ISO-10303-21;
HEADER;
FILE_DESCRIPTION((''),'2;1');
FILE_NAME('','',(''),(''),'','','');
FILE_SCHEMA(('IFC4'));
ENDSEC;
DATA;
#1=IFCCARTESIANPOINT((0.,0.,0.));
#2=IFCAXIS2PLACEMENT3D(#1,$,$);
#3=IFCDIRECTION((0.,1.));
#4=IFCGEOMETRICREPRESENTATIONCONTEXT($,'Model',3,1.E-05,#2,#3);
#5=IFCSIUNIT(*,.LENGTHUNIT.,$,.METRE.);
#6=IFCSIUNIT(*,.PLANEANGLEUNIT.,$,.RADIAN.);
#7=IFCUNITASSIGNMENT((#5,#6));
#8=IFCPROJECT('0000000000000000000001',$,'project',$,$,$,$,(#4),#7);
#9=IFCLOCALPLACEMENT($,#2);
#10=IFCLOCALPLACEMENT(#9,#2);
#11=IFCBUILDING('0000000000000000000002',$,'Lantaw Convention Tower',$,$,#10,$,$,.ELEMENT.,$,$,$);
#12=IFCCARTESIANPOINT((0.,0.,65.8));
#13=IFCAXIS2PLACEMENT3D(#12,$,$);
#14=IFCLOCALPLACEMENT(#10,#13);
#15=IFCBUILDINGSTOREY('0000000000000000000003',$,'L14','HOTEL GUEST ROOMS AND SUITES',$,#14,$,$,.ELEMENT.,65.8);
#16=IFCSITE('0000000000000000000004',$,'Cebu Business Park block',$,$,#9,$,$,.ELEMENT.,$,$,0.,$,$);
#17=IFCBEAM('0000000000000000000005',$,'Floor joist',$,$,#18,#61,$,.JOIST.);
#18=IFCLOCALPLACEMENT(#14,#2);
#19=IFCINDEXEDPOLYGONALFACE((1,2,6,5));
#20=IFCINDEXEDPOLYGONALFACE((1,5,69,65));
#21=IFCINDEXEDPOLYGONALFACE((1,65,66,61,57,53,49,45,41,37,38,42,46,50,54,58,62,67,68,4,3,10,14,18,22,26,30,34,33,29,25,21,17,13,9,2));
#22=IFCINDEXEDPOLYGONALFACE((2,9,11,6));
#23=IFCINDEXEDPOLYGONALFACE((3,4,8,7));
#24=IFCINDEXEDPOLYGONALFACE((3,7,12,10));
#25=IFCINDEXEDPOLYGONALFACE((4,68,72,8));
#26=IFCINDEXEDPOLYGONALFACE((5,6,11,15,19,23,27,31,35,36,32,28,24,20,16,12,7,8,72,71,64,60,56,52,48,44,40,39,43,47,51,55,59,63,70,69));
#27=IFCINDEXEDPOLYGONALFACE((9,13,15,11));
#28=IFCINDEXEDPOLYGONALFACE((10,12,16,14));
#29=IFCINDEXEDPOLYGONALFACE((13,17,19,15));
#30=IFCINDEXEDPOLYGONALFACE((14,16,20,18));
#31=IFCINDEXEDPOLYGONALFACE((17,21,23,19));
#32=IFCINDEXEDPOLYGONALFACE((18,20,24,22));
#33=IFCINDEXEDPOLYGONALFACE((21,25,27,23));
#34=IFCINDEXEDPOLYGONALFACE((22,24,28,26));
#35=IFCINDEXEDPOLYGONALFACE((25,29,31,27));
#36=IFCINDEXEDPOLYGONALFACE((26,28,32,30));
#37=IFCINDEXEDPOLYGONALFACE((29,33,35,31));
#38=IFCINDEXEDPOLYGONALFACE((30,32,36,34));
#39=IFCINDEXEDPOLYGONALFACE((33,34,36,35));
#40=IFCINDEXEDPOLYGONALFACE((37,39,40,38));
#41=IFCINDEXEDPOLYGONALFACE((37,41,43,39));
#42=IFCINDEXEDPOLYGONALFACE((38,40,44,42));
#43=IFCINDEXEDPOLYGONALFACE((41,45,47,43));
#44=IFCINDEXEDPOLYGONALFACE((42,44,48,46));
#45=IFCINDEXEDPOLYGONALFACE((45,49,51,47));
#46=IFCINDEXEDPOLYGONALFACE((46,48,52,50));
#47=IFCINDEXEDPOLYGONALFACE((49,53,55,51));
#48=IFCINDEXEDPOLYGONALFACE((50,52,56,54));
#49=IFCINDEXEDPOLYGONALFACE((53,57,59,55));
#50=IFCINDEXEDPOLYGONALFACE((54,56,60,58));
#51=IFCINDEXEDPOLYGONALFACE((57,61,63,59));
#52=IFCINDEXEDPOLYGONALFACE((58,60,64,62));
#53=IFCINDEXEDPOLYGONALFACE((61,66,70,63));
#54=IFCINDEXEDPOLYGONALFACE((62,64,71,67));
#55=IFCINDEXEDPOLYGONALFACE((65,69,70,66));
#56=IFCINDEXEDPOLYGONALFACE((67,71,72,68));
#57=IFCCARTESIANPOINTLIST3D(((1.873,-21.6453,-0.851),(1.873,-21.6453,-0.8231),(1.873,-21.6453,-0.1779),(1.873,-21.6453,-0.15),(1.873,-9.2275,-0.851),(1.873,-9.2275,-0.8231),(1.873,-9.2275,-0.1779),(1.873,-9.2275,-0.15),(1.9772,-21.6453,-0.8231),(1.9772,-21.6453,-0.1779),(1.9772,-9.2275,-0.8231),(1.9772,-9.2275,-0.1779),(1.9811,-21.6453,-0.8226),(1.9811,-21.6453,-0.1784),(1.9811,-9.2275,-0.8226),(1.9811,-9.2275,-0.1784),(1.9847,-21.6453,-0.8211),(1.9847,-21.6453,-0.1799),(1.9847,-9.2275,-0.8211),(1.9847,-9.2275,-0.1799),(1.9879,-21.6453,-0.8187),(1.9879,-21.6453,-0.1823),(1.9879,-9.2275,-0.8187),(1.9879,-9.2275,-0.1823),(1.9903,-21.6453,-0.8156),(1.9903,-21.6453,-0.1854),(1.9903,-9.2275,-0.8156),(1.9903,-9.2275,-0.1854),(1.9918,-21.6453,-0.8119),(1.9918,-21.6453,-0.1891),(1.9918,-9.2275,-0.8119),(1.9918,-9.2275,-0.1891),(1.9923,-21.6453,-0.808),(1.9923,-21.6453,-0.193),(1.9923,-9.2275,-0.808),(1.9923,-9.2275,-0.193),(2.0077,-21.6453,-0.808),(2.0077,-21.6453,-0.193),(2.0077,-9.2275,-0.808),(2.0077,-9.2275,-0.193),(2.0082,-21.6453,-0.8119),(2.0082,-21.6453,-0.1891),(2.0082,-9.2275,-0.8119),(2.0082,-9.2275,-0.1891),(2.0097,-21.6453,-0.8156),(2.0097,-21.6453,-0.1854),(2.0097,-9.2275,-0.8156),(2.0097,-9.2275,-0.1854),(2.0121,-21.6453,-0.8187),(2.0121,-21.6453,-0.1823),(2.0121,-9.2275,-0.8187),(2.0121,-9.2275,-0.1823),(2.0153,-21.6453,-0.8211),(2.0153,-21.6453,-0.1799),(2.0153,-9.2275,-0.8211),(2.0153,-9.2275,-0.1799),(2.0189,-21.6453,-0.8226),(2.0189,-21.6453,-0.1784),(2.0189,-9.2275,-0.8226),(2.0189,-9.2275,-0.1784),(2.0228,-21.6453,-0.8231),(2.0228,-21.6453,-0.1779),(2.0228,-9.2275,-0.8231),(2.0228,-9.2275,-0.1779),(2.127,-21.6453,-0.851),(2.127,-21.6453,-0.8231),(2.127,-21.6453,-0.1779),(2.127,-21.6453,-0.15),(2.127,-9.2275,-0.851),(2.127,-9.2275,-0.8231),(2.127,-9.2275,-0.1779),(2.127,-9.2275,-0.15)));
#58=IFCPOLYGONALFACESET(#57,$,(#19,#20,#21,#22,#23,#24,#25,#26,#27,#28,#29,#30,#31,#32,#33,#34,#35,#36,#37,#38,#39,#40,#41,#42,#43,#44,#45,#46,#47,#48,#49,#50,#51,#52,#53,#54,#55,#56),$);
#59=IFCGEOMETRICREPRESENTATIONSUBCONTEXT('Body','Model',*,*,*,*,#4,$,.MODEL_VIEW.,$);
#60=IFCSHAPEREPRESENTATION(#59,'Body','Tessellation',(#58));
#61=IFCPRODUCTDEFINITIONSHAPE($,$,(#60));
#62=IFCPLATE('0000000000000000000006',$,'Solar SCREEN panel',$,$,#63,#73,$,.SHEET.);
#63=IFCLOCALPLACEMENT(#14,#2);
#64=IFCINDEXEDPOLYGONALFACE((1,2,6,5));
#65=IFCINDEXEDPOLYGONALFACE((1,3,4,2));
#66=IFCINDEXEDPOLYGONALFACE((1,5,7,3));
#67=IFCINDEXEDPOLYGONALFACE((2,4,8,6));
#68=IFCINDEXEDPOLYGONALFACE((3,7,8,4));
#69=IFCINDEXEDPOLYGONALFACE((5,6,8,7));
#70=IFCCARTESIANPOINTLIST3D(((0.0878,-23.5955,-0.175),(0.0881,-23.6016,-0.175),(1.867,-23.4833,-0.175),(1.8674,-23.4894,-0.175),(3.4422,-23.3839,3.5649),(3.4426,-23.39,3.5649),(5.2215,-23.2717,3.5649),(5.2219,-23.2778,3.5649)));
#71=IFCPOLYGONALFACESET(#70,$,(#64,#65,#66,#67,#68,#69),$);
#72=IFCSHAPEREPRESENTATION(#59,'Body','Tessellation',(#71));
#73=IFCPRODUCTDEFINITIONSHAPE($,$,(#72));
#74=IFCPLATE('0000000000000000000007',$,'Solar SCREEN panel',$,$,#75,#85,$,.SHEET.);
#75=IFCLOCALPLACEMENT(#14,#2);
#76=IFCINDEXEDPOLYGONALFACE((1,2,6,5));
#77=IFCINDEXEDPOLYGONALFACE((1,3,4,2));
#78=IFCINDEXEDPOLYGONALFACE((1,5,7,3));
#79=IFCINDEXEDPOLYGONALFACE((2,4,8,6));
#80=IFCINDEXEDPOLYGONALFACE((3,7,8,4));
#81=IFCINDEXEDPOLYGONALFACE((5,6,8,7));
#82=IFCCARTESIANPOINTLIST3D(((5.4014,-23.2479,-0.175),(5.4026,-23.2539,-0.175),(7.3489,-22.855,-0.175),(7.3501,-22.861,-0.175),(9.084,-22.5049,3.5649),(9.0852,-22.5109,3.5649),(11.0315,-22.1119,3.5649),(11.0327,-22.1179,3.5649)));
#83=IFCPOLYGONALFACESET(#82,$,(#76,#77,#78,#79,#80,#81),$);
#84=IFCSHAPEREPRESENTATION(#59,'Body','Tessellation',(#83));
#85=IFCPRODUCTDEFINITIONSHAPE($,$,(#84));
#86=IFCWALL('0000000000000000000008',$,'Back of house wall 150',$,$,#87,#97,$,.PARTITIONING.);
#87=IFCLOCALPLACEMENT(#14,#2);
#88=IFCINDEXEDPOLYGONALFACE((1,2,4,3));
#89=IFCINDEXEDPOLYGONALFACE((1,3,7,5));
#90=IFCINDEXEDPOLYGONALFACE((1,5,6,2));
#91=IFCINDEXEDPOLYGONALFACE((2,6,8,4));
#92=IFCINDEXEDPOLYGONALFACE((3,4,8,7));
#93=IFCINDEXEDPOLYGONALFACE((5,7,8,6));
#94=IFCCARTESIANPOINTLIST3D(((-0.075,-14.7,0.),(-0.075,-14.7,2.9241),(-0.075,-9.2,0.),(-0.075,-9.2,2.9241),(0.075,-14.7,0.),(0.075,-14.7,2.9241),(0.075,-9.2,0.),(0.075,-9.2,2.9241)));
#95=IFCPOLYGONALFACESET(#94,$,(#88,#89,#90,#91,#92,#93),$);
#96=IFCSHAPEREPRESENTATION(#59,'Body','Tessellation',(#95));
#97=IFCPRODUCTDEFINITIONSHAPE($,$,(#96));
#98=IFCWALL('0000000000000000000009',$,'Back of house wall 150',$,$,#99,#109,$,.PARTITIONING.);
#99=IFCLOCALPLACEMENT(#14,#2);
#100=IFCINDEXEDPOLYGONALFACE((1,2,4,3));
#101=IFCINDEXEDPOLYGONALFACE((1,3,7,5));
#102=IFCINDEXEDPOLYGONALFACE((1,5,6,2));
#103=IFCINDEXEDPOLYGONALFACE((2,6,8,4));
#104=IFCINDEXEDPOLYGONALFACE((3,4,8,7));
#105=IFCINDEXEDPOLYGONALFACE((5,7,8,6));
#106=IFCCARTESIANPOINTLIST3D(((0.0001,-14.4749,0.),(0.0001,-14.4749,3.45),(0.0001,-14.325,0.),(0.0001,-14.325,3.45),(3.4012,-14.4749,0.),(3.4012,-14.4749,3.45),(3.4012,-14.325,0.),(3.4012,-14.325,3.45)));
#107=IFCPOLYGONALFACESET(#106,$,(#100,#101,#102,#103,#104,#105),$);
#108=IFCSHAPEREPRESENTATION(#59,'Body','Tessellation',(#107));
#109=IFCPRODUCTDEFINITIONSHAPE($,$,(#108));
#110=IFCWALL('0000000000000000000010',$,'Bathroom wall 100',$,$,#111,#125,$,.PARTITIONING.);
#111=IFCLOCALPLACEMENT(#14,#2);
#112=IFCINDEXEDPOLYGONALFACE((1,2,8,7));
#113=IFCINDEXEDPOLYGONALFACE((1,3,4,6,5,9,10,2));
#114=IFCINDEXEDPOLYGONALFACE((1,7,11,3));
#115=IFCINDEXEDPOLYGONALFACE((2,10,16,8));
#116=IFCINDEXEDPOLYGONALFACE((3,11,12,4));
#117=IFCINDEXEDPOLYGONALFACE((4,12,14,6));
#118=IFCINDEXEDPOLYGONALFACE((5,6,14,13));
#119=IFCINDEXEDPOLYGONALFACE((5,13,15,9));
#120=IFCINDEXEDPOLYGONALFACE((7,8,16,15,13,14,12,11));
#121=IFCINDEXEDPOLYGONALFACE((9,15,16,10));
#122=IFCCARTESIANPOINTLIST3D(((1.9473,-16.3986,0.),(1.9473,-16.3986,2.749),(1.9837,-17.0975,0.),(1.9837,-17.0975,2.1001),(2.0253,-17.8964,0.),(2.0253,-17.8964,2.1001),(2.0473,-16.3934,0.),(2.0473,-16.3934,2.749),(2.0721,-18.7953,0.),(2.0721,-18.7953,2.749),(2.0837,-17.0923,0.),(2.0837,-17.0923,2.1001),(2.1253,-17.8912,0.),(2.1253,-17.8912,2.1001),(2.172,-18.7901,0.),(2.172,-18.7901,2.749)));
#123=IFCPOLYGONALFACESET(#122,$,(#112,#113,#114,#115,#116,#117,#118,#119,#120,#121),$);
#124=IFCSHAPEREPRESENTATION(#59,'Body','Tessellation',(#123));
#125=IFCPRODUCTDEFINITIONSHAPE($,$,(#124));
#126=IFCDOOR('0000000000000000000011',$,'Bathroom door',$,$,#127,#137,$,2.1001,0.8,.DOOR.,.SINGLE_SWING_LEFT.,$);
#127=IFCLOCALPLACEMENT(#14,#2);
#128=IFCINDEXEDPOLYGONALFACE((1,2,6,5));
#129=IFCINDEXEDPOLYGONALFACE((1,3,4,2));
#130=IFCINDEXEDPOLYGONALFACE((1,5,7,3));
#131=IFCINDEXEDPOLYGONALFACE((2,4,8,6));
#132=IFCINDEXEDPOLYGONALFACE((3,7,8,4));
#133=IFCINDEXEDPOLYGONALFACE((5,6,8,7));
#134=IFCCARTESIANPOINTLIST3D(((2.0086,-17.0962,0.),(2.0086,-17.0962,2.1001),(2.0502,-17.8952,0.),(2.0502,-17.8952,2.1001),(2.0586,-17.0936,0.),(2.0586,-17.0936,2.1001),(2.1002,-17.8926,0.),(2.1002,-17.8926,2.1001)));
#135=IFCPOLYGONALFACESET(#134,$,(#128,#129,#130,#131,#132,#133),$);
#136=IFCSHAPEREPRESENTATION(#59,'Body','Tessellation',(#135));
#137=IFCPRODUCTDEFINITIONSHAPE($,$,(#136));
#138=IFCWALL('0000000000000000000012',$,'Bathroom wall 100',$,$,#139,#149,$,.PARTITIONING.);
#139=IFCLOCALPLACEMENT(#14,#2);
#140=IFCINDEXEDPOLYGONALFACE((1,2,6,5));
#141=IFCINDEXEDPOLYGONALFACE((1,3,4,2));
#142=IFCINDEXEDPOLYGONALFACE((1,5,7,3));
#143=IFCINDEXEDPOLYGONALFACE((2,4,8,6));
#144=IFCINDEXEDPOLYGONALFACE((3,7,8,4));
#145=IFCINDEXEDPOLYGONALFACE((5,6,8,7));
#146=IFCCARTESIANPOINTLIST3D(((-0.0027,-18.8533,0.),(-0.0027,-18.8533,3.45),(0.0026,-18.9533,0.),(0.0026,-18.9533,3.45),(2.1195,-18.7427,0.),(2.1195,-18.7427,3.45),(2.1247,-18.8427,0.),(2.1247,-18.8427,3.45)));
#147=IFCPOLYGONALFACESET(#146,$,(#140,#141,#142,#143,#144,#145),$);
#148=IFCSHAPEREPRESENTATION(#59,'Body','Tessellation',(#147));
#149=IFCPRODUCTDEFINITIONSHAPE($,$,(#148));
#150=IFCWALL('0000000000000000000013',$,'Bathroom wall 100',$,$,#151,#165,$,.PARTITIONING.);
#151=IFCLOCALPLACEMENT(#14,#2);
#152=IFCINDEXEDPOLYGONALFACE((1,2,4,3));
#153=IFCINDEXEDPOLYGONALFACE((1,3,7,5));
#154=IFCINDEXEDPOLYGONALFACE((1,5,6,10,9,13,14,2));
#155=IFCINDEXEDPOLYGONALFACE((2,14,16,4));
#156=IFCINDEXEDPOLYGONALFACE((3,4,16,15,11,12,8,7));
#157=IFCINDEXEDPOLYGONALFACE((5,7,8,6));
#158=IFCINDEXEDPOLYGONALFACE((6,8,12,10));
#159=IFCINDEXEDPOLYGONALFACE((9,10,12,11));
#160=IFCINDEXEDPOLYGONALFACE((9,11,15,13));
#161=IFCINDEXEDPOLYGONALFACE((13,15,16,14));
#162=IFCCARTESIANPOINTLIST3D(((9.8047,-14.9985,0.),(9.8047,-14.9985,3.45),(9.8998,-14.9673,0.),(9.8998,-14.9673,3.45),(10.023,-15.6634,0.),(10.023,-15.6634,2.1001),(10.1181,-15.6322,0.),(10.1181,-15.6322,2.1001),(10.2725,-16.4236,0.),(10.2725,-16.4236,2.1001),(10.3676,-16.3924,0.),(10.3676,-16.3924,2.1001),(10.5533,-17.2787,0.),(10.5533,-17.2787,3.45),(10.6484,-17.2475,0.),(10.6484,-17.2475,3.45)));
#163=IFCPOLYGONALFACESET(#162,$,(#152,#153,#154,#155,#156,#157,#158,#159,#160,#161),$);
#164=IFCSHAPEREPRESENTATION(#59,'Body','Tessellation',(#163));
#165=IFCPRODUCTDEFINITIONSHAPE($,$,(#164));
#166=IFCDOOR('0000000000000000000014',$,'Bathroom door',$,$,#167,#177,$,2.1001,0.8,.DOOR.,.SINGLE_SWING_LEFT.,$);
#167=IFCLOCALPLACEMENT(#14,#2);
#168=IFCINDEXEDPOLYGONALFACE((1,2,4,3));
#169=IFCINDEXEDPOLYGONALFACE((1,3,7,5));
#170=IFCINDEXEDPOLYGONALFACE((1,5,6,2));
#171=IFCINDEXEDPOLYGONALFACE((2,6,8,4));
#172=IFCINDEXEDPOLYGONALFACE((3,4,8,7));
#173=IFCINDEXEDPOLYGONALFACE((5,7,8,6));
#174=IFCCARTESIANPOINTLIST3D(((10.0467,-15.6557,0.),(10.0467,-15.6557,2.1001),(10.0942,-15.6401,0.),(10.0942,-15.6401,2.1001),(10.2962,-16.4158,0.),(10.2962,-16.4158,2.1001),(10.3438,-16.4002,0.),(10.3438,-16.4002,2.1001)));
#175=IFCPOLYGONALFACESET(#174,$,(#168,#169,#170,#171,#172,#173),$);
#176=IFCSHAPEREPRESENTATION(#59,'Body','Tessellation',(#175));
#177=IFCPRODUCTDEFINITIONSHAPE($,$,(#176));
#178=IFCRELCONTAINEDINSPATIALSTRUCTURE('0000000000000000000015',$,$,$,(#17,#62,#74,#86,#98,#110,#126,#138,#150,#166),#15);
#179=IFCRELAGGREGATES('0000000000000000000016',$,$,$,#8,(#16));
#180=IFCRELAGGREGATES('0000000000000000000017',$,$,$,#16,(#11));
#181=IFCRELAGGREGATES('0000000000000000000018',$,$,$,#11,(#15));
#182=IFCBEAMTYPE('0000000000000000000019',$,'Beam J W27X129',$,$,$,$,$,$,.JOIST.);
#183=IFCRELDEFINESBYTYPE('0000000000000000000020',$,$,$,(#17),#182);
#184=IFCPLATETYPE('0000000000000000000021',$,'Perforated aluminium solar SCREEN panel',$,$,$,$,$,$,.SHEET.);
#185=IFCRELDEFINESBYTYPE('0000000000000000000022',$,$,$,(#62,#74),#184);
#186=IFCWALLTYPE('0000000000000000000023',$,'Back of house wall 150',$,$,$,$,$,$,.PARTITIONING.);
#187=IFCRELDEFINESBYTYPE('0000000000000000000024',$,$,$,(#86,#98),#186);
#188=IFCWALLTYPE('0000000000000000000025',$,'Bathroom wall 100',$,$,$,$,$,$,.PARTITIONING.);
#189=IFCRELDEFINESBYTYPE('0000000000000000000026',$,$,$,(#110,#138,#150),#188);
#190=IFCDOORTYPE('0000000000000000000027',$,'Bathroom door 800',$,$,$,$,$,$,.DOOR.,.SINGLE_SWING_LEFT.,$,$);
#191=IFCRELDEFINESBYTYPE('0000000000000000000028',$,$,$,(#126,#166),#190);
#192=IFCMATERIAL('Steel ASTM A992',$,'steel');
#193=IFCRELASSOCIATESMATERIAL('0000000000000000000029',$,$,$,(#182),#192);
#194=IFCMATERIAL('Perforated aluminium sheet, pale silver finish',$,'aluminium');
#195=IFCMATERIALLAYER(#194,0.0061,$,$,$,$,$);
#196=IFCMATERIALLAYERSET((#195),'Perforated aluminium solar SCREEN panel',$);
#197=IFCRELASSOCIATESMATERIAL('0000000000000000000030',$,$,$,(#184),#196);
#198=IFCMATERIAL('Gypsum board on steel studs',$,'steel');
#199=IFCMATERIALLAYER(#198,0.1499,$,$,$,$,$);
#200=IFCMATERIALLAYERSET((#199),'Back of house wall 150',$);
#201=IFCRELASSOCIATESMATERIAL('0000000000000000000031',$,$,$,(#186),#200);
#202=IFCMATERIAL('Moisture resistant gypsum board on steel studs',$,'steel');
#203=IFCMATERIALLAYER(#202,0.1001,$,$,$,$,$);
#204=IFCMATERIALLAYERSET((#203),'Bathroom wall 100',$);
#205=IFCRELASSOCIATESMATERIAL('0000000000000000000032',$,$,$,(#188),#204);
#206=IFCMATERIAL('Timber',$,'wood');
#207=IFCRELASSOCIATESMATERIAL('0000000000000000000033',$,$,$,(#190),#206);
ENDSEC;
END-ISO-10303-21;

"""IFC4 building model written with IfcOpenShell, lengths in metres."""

from ifc_helpers import new_model, si_unit, direction, frame, frame_2d, origin, origin_2d, place, context, subcontext, project, spatial, polyline, rectangle, i_section, outline, extrude, material, layer, layer_set, material_profile, profile_set, type_object, element, fill, save


model = new_model("IFC4")

# Units and contexts
model_context = context("Model", 3, precision=1e-05, world=origin(), true_north=direction((0.0, 1.0)))
body_context = subcontext(model_context, "Body", "Model", "MODEL_VIEW")
ifc_project = project(units=[si_unit("LENGTHUNIT", "METRE"), si_unit("PLANEANGLEUNIT", "RADIAN")], contexts=[model_context])

# Site, building, storey
site_placement = place(None, origin())
site = spatial("IfcSite", under=ifc_project, at=site_placement, Name="Cebu Business Park block", CompositionType="ELEMENT", RefElevation=0.0)
building_placement = place(site_placement, origin())
building = spatial("IfcBuilding", under=site, at=building_placement, Name="Lantaw Convention Tower", CompositionType="ELEMENT")
storey_placement = place(building_placement, frame((0.0, 0.0, 65.8)))
storey = spatial("IfcBuildingStorey", under=building, at=storey_placement, Name="L14", Description="HOTEL GUEST ROOMS AND SUITES", CompositionType="ELEMENT", Elevation=65.8)

# Beam
ifc_material_1 = material(Name="Steel ASTM A992", Category="steel")
ifc_material_profile_1 = material_profile(ifc_material_1, i_section(OverallWidth=0.2539, OverallDepth=0.7009, WebThickness=0.0154, FlangeThickness=0.0278, FilletRadius=0.0151, at=origin_2d()), Name="W27X129")
ifc_profile_set_1 = profile_set([ifc_material_profile_1], Name="Steel ASTM A992")
beam_type_1 = type_object("IfcBeamType", Name="Beam J W27X129", PredefinedType="JOIST", material=ifc_profile_set_1)
beam_1_placement = place(storey_placement, frame((2.0, -21.6453, -0.5005), z_axis=(0.0, 1.0, 0.0), x_axis=(-1.0, 0.0, 0.0)))
element("IfcBeam", 1, at=beam_1_placement, inside=storey, type_object=beam_type_1, Name="Floor joist", PredefinedType="JOIST", context=body_context, shape_type="SweptSolid", body=[
    extrude(i_section(OverallWidth=0.2539, OverallDepth=0.7009, WebThickness=0.0154, FlangeThickness=0.0278, FilletRadius=0.0151, at=origin_2d()), origin(), (0.0, 0.0, 1.0), 12.4177),
])

# Plates
ifc_material_2 = material(Name="Perforated aluminium sheet, pale silver finish", Category="aluminium")
ifc_layer_1 = layer(ifc_material_2, 0.0061)
ifc_layer_set_1 = layer_set([ifc_layer_1], Name="Perforated aluminium solar SCREEN panel")
plate_type = type_object("IfcPlateType", Name="Perforated aluminium solar SCREEN panel", PredefinedType="SHEET", material=ifc_layer_set_1)
plate_1_placement = place(storey_placement, frame((0.0881, -23.6016, -0.175), z_axis=(0.062924, -0.998018, 0.000014), x_axis=(0.998018, 0.062924, 0.0)))
element("IfcPlate", 2, at=plate_1_placement, inside=storey, type_object=plate_type, Name="Solar SCREEN panel", PredefinedType="SHEET", context=body_context, shape_type="SweptSolid", body=[
    extrude(outline(polyline([(0.0, 0.0), (1.7828, 0.0), (5.144, 3.74), (3.3611, 3.74), (0.0, 0.0)])), origin(), (0.0, 0.0, -1.0), 0.0061),
])
plate_2_placement = place(storey_placement, frame((5.4026, -23.2539, -0.175), z_axis=(0.197782, -0.980246, 0.000002), x_axis=(0.980246, 0.197782, 0.0)))
element("IfcPlate", 3, at=plate_2_placement, inside=storey, type_object=plate_type, Name="Solar SCREEN panel", PredefinedType="SHEET", context=body_context, shape_type="SweptSolid", body=[
    extrude(outline(polyline([(0.0, 0.0), (1.9867, 0.0), (5.7436, 3.74), (3.7568, 3.74), (0.0, 0.0)])), origin(), (0.0, 0.0, -1.0), 0.0061),
])

# Walls
ifc_material_3 = material(Name="Gypsum board on steel studs", Category="steel")
ifc_layer_2 = layer(ifc_material_3, 0.1499)
ifc_layer_set_2 = layer_set([ifc_layer_2], Name="Back of house wall 150")
wall_type_1 = type_object("IfcWallType", Name="Back of house wall 150", PredefinedType="PARTITIONING", material=ifc_layer_set_2)
wall_1_placement = place(storey_placement, frame((0.0, -9.2, 0.0), z_axis=(0.0, 0.0, 1.0), x_axis=(0.0, -1.0, 0.0)))
element("IfcWall", 4, at=wall_1_placement, inside=storey, type_object=wall_type_1, Name="Back of house wall 150", PredefinedType="PARTITIONING", context=body_context, shape_type="SweptSolid", body=[
    extrude(rectangle(XDim=5.5, YDim=0.1499, at=frame_2d((2.75, 0.0))), origin(), (0.0, 0.0, 1.0), 2.9241),
])
wall_2_placement = place(storey_placement, frame((0.0, -14.3999, 0.0), z_axis=(0.0, 0.0, 1.0), x_axis=(1.0, 0.0, 0.0)))
element("IfcWall", 5, at=wall_2_placement, inside=storey, type_object=wall_type_1, Name="Back of house wall 150", PredefinedType="PARTITIONING", context=body_context, shape_type="SweptSolid", body=[
    extrude(rectangle(XDim=3.4011, YDim=0.1499, at=frame_2d((1.7007, 0.0))), origin(), (0.0, 0.0, 1.0), 3.45),
])

# Wall, opening, door
ifc_material_4 = material(Name="Moisture resistant gypsum board on steel studs", Category="steel")
ifc_layer_3 = layer(ifc_material_4, 0.1001)
ifc_layer_set_3 = layer_set([ifc_layer_3], Name="Bathroom wall 100")
wall_type_2 = type_object("IfcWallType", Name="Bathroom wall 100", PredefinedType="PARTITIONING", material=ifc_layer_set_3)
wall_3_placement = place(storey_placement, frame((1.9973, -16.396, 0.0), z_axis=(0.0, 0.0, 1.0), x_axis=(0.051982, -0.998648, 0.0)))
wall_3 = element("IfcWall", 6, at=wall_3_placement, inside=storey, type_object=wall_type_2, Name="Bathroom wall 100", PredefinedType="PARTITIONING", context=body_context, shape_type="SweptSolid", body=[
    extrude(rectangle(XDim=2.3999, YDim=0.1001, at=frame_2d((1.2, 0.0))), origin(), (0.0, 0.0, 1.0), 2.749),
])
opening_1_placement = place(wall_3_placement, frame((0.7, 0.0, 0.0)))
opening_1 = element("IfcOpeningElement", 7, at=opening_1_placement, cuts=wall_3, PredefinedType="OPENING", context=body_context, shape_type="SweptSolid", body=[
    extrude(rectangle(XDim=0.8, YDim=2.1001, at=frame_2d((0.3999, 1.05))), frame((0.0, 0.0601, 0.0), z_axis=(0.0, -1.0, 0.0), x_axis=(1.0, 0.0, 0.0)), (0.0, 0.0, 1.0), 0.1201),
])
ifc_material_5 = material(Name="Timber", Category="wood")
door_type_1 = type_object("IfcDoorType", Name="Bathroom door 800", OperationType="SINGLE_SWING_LEFT", PredefinedType="DOOR", material=ifc_material_5)
door_1_placement = place(opening_1_placement, origin())
door_1 = element("IfcDoor", 8, at=door_1_placement, inside=storey, type_object=door_type_1, Name="Bathroom door", OperationType="SINGLE_SWING_LEFT", OverallHeight=2.1001, OverallWidth=0.8, PredefinedType="DOOR", context=body_context, shape_type="SweptSolid", body=[
    extrude(rectangle(XDim=0.8, YDim=2.1001, at=frame_2d((0.3999, 1.05))), frame((0.0, 0.0249, 0.0), z_axis=(0.0, -1.0, 0.0), x_axis=(1.0, 0.0, 0.0)), (0.0, 0.0, 1.0), 0.05),
])
fill(opening_1, door_1)

# Wall
wall_4_placement = place(storey_placement, frame((2.1221, -18.7927, 0.0), z_axis=(0.0, 0.0, 1.0), x_axis=(-0.998645, -0.052046, 0.0)))
element("IfcWall", 9, at=wall_4_placement, inside=storey, type_object=wall_type_2, Name="Bathroom wall 100", PredefinedType="PARTITIONING", context=body_context, shape_type="SweptSolid", body=[
    extrude(rectangle(XDim=2.125, YDim=0.1001, at=frame_2d((1.0625, 0.0))), origin(), (0.0, 0.0, 1.0), 3.45),
])

# Wall, opening, door
wall_5_placement = place(storey_placement, frame((9.8523, -14.9829, 0.0), z_axis=(0.0, 0.0, 1.0), x_axis=(0.311891, -0.950118, 0.0)))
wall_5 = element("IfcWall", 10, at=wall_5_placement, inside=storey, type_object=wall_type_2, Name="Bathroom wall 100", PredefinedType="PARTITIONING", context=body_context, shape_type="SweptSolid", body=[
    extrude(rectangle(XDim=2.3999, YDim=0.1001, at=frame_2d((1.2, 0.0))), origin(), (0.0, 0.0, 1.0), 3.45),
])
opening_2_placement = place(wall_5_placement, frame((0.7, 0.0, 0.0)))
opening_2 = element("IfcOpeningElement", 11, at=opening_2_placement, cuts=wall_5, PredefinedType="OPENING", context=body_context, shape_type="SweptSolid", body=[
    extrude(rectangle(XDim=0.8, YDim=2.1001, at=frame_2d((0.3999, 1.05))), frame((0.0, 0.0601, 0.0), z_axis=(0.0, -1.0, 0.0), x_axis=(1.0, 0.0, 0.0)), (0.0, 0.0, 1.0), 0.1201),
])
door_2_placement = place(opening_2_placement, origin())
door_2 = element("IfcDoor", 12, at=door_2_placement, inside=storey, type_object=door_type_1, Name="Bathroom door", OperationType="SINGLE_SWING_LEFT", OverallHeight=2.1001, OverallWidth=0.8, PredefinedType="DOOR", context=body_context, shape_type="SweptSolid", body=[
    extrude(rectangle(XDim=0.8, YDim=2.1001, at=frame_2d((0.3999, 1.05))), frame((0.0, 0.0249, 0.0), z_axis=(0.0, -1.0, 0.0), x_axis=(1.0, 0.0, 0.0)), (0.0, 0.0, 1.0), 0.05),
])
fill(opening_2, door_2)

save(model, "model.ifc")
